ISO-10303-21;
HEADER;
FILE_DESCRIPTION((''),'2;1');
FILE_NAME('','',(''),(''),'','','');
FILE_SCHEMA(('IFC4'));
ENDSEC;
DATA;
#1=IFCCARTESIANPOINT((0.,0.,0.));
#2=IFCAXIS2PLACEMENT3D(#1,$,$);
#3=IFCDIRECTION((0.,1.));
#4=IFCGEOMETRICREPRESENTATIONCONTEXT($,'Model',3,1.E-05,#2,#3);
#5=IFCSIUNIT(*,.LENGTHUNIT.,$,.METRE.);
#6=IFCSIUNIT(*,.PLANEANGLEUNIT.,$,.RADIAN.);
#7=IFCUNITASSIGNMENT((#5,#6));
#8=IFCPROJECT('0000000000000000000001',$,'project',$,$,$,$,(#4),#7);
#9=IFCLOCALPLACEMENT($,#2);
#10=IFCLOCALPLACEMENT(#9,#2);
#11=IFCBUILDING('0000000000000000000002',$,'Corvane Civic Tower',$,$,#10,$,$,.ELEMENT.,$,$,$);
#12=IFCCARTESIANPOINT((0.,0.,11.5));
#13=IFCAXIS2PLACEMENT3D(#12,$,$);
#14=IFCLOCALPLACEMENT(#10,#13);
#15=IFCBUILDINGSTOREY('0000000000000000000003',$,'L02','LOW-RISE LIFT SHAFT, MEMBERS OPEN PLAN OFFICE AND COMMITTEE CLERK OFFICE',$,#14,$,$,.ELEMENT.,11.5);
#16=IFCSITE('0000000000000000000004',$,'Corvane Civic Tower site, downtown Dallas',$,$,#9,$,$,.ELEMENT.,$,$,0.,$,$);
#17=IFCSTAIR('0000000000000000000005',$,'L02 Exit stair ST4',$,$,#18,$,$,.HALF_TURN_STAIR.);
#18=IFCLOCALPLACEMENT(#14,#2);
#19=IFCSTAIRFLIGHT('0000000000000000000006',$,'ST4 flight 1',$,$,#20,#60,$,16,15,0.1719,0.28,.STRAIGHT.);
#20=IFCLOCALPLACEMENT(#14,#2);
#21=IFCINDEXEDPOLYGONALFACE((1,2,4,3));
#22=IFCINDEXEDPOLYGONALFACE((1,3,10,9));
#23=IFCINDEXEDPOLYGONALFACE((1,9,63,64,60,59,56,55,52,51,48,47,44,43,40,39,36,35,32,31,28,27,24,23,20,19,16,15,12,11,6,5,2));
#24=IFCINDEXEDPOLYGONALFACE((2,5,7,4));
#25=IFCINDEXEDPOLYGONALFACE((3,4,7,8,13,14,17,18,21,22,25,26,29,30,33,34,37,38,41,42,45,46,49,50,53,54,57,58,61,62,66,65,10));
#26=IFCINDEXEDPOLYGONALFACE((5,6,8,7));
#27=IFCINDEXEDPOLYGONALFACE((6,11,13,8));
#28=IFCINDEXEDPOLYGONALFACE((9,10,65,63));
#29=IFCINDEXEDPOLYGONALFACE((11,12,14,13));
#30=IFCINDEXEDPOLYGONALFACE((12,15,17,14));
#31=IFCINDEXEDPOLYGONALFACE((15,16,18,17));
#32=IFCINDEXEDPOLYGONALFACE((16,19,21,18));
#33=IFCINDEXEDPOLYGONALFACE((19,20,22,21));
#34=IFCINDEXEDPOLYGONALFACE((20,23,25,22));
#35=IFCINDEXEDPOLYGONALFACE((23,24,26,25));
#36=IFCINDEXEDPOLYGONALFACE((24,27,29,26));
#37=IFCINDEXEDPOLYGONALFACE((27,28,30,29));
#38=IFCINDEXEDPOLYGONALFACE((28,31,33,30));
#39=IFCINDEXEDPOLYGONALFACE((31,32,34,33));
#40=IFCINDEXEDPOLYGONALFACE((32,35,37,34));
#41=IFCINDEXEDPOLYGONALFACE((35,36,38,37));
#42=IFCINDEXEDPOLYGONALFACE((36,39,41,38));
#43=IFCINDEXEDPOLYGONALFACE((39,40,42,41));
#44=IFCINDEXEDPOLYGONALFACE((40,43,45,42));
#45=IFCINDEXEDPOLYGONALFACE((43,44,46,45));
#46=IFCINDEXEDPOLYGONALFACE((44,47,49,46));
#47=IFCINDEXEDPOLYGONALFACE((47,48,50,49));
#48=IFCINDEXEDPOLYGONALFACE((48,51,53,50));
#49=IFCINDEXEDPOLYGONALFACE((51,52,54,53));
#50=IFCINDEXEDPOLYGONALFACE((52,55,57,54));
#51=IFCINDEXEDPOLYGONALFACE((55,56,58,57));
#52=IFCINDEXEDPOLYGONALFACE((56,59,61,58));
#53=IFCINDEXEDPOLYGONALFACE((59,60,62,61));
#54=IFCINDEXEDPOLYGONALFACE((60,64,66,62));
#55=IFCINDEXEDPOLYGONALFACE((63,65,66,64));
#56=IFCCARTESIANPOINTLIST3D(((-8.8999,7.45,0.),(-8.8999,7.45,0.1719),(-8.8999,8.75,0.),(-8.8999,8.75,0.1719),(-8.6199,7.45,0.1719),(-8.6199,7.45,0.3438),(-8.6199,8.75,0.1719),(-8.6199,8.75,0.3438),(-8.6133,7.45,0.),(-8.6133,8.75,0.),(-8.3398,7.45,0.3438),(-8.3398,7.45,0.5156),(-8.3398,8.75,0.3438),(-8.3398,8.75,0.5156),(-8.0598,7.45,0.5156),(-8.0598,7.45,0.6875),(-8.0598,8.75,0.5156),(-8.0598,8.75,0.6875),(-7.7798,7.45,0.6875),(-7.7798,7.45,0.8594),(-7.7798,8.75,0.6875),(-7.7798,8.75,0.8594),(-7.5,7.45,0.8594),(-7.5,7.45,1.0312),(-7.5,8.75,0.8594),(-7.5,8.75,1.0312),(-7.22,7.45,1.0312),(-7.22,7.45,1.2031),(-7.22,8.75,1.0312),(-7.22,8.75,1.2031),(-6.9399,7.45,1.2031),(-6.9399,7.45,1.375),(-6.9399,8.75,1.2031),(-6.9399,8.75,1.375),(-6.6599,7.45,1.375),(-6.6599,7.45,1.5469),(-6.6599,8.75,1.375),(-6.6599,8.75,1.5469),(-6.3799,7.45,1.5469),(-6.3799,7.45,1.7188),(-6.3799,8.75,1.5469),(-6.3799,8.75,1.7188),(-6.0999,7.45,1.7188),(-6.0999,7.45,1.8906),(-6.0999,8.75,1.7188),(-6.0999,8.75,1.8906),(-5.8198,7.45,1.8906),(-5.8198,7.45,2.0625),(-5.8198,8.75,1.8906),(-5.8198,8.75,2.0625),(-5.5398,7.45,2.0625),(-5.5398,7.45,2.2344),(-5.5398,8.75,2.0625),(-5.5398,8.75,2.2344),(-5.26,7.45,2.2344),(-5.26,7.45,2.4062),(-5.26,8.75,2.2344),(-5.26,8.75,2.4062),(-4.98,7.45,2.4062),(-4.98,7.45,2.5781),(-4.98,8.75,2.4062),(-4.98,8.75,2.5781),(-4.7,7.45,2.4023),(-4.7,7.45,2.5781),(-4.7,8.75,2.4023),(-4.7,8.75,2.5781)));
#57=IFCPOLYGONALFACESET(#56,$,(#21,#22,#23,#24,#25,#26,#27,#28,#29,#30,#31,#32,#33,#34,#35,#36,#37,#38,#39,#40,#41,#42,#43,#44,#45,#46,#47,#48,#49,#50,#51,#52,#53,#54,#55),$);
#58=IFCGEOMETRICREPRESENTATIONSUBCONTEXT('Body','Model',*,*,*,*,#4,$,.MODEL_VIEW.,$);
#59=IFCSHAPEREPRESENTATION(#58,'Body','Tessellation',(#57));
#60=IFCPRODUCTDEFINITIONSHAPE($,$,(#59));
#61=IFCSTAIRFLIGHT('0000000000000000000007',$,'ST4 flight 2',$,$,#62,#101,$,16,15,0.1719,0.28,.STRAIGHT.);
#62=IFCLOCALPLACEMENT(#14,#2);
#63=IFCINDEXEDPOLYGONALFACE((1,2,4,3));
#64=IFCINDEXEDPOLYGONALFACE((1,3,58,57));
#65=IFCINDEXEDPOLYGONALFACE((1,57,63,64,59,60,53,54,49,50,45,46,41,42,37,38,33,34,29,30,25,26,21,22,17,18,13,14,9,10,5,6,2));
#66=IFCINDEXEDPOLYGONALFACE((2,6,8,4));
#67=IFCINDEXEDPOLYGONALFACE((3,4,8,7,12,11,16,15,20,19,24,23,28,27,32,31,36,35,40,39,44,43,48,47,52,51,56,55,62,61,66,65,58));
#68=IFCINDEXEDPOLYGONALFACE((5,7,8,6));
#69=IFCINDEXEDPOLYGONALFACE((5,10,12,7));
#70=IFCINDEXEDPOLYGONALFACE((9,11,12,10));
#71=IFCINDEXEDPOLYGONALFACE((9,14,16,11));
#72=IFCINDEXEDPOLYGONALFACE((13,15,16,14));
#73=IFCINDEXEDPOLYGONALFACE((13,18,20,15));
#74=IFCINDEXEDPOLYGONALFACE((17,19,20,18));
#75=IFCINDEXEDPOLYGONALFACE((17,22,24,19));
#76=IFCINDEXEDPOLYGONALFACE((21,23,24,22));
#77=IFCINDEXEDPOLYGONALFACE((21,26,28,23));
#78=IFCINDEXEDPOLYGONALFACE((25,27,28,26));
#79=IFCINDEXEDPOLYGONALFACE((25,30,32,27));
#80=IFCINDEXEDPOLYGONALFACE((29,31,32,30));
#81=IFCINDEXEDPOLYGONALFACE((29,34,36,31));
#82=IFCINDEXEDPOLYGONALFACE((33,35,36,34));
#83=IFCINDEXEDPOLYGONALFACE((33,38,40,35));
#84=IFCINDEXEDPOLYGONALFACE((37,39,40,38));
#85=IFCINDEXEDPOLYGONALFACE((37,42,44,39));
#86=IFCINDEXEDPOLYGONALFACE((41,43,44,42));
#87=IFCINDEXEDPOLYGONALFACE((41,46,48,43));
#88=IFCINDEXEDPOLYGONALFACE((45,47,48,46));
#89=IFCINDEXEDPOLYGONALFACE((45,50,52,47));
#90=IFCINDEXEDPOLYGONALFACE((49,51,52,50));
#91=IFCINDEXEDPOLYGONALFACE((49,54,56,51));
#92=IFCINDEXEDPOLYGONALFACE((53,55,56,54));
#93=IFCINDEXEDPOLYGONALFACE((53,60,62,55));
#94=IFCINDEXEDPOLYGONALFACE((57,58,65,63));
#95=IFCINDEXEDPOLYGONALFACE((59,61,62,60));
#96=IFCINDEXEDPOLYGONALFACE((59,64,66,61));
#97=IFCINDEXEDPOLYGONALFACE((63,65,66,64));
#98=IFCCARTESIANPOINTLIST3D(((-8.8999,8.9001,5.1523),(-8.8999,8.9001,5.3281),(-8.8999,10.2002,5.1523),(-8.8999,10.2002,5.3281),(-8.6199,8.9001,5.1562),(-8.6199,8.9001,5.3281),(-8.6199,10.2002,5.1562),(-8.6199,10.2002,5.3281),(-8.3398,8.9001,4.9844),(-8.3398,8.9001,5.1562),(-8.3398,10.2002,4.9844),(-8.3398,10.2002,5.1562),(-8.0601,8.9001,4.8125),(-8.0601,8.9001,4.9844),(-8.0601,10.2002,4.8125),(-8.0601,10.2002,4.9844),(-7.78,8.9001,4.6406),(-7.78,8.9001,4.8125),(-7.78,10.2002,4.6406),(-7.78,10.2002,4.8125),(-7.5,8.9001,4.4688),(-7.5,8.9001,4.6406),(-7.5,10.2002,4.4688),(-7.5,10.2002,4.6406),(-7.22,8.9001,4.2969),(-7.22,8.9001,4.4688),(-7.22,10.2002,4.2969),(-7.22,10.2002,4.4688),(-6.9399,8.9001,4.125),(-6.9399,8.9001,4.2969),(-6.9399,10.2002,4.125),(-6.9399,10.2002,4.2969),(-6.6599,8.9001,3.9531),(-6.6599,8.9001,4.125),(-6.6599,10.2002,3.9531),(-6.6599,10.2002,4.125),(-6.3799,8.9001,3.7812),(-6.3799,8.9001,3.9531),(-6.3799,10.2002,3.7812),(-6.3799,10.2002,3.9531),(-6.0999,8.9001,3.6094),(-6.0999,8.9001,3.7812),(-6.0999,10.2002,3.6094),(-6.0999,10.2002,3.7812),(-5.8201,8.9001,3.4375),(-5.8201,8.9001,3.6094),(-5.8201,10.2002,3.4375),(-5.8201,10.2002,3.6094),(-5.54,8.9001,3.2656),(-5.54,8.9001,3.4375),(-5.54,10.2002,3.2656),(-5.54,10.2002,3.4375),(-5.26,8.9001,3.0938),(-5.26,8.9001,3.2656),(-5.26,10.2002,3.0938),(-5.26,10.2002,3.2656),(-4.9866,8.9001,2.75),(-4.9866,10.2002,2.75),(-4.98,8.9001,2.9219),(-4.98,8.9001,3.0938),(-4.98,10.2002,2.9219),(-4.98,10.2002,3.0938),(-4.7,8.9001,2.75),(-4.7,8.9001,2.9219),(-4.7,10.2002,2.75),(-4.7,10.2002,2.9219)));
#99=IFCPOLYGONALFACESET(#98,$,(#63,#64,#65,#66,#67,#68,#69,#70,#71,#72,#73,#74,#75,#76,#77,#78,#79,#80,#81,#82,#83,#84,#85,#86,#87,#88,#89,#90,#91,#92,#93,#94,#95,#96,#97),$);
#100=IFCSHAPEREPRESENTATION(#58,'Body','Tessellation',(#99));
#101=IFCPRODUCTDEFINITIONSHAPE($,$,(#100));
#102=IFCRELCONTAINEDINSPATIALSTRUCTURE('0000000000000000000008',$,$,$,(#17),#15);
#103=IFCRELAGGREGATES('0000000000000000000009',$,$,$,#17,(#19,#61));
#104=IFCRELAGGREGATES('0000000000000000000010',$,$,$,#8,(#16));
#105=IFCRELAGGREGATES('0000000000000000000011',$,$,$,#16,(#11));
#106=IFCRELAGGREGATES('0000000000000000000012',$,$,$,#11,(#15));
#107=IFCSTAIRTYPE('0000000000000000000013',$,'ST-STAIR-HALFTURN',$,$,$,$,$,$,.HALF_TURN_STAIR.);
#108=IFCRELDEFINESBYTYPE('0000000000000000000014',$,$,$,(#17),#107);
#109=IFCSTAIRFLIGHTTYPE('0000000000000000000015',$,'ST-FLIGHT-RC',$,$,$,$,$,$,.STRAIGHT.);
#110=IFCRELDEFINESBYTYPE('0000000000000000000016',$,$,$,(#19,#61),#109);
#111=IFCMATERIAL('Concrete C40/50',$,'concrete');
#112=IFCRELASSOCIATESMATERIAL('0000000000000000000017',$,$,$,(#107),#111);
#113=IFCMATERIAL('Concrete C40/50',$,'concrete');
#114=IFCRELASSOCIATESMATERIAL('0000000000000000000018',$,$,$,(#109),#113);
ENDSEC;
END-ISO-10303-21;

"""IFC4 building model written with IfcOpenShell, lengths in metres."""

from ifc_helpers import new_model, si_unit, direction, frame, origin, place, context, subcontext, project, spatial, polyline, outline, extrude, material, type_object, element, aggregate, save


model = new_model("IFC4")

# Units and contexts
model_context = context("Model", 3, precision=1e-05, world=origin(), true_north=direction((0.0, 1.0)))
body_context = subcontext(model_context, "Body", "Model", "MODEL_VIEW")
ifc_project = project(units=[si_unit("LENGTHUNIT", "METRE"), si_unit("PLANEANGLEUNIT", "RADIAN")], contexts=[model_context])

# Site, building, storey
site_placement = place(None, origin())
site = spatial("IfcSite", under=ifc_project, at=site_placement, Name="Corvane Civic Tower site, downtown Dallas", CompositionType="ELEMENT", RefElevation=0.0)
building_placement = place(site_placement, origin())
building = spatial("IfcBuilding", under=site, at=building_placement, Name="Corvane Civic Tower", CompositionType="ELEMENT")
storey_placement = place(building_placement, frame((0.0, 0.0, 11.5)))
storey = spatial("IfcBuildingStorey", under=building, at=storey_placement, Name="L02", Description="LOW-RISE LIFT SHAFT, MEMBERS OPEN PLAN OFFICE AND COMMITTEE CLERK OFFICE", CompositionType="ELEMENT", Elevation=11.5)

# Stair, stair flights
ifc_material_1 = material(Name="Concrete C40/50", Category="concrete")
stair_type = type_object("IfcStairType", Name="ST-STAIR-HALFTURN", PredefinedType="HALF_TURN_STAIR", material=ifc_material_1)
stair_placement = place(storey_placement, origin())
stair = element("IfcStair", 1, at=stair_placement, inside=storey, type_object=stair_type, Name="L02 Exit stair ST4", PredefinedType="HALF_TURN_STAIR")
ifc_material_2 = material(Name="Concrete C40/50", Category="concrete")
stair_flight_type = type_object("IfcStairFlightType", Name="ST-FLIGHT-RC", PredefinedType="STRAIGHT", material=ifc_material_2)
stair_flight_1_placement = place(storey_placement, frame((-8.8999, 8.1001, 0.0), z_axis=(0.0, 0.0, 1.0), x_axis=(1.0, 0.0, 0.0)))
stair_flight_1 = element("IfcStairFlight", 2, at=stair_flight_1_placement, type_object=stair_flight_type, Name="ST4 flight 1", NumberOfRisers=16, NumberOfTreads=15, PredefinedType="STRAIGHT", RiserHeight=0.1719, TreadLength=0.28, context=body_context, shape_type="SweptSolid", body=[
    extrude(outline(polyline([(0.0, 0.0), (0.0, 0.1719), (0.28, 0.1719), (0.28, 0.3438), (0.5601, 0.3438), (0.5601, 0.5156), (0.8401, 0.5156), (0.8401, 0.6875), (1.1201, 0.6875), (1.1201, 0.8594), (1.3999, 0.8594), (1.3999, 1.0312), (1.6799, 1.0312), (1.6799, 1.2031), (1.96, 1.2031), (1.96, 1.375), (2.24, 1.375), (2.24, 1.5469), (2.52, 1.5469), (2.52, 1.7188), (2.8, 1.7188), (2.8, 1.8906), (3.0801, 1.8906), (3.0801, 2.0625), (3.3601, 2.0625), (3.3601, 2.2344), (3.6399, 2.2344), (3.6399, 2.4062), (3.9199, 2.4062), (3.9199, 2.5781), (4.2, 2.5781), (4.2, 2.75), (4.2, 2.4023), (0.2866, 0.0), (0.0, 0.0)])), frame((0.0, 0.6499, 0.0), z_axis=(0.0, -1.0, 0.0), x_axis=(1.0, 0.0, 0.0)), (0.0, 0.0, 1.0), 1.3),
])
stair_flight_2_placement = place(storey_placement, frame((-4.7, 9.55, 2.75), z_axis=(0.0, 0.0, 1.0), x_axis=(-1.0, 0.0, 0.0)))
stair_flight_2 = element("IfcStairFlight", 3, at=stair_flight_2_placement, type_object=stair_flight_type, Name="ST4 flight 2", NumberOfRisers=16, NumberOfTreads=15, PredefinedType="STRAIGHT", RiserHeight=0.1719, TreadLength=0.28, context=body_context, shape_type="SweptSolid", body=[
    extrude(outline(polyline([(0.0, 0.0), (0.0, 0.1719), (0.28, 0.1719), (0.28, 0.3438), (0.5601, 0.3438), (0.5601, 0.5156), (0.8401, 0.5156), (0.8401, 0.6875), (1.1201, 0.6875), (1.1201, 0.8594), (1.3999, 0.8594), (1.3999, 1.0312), (1.6799, 1.0312), (1.6799, 1.2031), (1.96, 1.2031), (1.96, 1.375), (2.24, 1.375), (2.24, 1.5469), (2.52, 1.5469), (2.52, 1.7188), (2.8, 1.7188), (2.8, 1.8906), (3.0801, 1.8906), (3.0801, 2.0625), (3.3601, 2.0625), (3.3601, 2.2344), (3.6399, 2.2344), (3.6399, 2.4062), (3.9199, 2.4062), (3.9199, 2.5781), (4.2, 2.5781), (4.2, 2.75), (4.2, 2.4023), (0.2866, 0.0), (0.0, 0.0)])), frame((0.0, 0.6499, 0.0), z_axis=(0.0, -1.0, 0.0), x_axis=(1.0, 0.0, 0.0)), (0.0, 0.0, 1.0), 1.3),
])
aggregate(stair, [stair_flight_1, stair_flight_2])

save(model, "model.ifc")
